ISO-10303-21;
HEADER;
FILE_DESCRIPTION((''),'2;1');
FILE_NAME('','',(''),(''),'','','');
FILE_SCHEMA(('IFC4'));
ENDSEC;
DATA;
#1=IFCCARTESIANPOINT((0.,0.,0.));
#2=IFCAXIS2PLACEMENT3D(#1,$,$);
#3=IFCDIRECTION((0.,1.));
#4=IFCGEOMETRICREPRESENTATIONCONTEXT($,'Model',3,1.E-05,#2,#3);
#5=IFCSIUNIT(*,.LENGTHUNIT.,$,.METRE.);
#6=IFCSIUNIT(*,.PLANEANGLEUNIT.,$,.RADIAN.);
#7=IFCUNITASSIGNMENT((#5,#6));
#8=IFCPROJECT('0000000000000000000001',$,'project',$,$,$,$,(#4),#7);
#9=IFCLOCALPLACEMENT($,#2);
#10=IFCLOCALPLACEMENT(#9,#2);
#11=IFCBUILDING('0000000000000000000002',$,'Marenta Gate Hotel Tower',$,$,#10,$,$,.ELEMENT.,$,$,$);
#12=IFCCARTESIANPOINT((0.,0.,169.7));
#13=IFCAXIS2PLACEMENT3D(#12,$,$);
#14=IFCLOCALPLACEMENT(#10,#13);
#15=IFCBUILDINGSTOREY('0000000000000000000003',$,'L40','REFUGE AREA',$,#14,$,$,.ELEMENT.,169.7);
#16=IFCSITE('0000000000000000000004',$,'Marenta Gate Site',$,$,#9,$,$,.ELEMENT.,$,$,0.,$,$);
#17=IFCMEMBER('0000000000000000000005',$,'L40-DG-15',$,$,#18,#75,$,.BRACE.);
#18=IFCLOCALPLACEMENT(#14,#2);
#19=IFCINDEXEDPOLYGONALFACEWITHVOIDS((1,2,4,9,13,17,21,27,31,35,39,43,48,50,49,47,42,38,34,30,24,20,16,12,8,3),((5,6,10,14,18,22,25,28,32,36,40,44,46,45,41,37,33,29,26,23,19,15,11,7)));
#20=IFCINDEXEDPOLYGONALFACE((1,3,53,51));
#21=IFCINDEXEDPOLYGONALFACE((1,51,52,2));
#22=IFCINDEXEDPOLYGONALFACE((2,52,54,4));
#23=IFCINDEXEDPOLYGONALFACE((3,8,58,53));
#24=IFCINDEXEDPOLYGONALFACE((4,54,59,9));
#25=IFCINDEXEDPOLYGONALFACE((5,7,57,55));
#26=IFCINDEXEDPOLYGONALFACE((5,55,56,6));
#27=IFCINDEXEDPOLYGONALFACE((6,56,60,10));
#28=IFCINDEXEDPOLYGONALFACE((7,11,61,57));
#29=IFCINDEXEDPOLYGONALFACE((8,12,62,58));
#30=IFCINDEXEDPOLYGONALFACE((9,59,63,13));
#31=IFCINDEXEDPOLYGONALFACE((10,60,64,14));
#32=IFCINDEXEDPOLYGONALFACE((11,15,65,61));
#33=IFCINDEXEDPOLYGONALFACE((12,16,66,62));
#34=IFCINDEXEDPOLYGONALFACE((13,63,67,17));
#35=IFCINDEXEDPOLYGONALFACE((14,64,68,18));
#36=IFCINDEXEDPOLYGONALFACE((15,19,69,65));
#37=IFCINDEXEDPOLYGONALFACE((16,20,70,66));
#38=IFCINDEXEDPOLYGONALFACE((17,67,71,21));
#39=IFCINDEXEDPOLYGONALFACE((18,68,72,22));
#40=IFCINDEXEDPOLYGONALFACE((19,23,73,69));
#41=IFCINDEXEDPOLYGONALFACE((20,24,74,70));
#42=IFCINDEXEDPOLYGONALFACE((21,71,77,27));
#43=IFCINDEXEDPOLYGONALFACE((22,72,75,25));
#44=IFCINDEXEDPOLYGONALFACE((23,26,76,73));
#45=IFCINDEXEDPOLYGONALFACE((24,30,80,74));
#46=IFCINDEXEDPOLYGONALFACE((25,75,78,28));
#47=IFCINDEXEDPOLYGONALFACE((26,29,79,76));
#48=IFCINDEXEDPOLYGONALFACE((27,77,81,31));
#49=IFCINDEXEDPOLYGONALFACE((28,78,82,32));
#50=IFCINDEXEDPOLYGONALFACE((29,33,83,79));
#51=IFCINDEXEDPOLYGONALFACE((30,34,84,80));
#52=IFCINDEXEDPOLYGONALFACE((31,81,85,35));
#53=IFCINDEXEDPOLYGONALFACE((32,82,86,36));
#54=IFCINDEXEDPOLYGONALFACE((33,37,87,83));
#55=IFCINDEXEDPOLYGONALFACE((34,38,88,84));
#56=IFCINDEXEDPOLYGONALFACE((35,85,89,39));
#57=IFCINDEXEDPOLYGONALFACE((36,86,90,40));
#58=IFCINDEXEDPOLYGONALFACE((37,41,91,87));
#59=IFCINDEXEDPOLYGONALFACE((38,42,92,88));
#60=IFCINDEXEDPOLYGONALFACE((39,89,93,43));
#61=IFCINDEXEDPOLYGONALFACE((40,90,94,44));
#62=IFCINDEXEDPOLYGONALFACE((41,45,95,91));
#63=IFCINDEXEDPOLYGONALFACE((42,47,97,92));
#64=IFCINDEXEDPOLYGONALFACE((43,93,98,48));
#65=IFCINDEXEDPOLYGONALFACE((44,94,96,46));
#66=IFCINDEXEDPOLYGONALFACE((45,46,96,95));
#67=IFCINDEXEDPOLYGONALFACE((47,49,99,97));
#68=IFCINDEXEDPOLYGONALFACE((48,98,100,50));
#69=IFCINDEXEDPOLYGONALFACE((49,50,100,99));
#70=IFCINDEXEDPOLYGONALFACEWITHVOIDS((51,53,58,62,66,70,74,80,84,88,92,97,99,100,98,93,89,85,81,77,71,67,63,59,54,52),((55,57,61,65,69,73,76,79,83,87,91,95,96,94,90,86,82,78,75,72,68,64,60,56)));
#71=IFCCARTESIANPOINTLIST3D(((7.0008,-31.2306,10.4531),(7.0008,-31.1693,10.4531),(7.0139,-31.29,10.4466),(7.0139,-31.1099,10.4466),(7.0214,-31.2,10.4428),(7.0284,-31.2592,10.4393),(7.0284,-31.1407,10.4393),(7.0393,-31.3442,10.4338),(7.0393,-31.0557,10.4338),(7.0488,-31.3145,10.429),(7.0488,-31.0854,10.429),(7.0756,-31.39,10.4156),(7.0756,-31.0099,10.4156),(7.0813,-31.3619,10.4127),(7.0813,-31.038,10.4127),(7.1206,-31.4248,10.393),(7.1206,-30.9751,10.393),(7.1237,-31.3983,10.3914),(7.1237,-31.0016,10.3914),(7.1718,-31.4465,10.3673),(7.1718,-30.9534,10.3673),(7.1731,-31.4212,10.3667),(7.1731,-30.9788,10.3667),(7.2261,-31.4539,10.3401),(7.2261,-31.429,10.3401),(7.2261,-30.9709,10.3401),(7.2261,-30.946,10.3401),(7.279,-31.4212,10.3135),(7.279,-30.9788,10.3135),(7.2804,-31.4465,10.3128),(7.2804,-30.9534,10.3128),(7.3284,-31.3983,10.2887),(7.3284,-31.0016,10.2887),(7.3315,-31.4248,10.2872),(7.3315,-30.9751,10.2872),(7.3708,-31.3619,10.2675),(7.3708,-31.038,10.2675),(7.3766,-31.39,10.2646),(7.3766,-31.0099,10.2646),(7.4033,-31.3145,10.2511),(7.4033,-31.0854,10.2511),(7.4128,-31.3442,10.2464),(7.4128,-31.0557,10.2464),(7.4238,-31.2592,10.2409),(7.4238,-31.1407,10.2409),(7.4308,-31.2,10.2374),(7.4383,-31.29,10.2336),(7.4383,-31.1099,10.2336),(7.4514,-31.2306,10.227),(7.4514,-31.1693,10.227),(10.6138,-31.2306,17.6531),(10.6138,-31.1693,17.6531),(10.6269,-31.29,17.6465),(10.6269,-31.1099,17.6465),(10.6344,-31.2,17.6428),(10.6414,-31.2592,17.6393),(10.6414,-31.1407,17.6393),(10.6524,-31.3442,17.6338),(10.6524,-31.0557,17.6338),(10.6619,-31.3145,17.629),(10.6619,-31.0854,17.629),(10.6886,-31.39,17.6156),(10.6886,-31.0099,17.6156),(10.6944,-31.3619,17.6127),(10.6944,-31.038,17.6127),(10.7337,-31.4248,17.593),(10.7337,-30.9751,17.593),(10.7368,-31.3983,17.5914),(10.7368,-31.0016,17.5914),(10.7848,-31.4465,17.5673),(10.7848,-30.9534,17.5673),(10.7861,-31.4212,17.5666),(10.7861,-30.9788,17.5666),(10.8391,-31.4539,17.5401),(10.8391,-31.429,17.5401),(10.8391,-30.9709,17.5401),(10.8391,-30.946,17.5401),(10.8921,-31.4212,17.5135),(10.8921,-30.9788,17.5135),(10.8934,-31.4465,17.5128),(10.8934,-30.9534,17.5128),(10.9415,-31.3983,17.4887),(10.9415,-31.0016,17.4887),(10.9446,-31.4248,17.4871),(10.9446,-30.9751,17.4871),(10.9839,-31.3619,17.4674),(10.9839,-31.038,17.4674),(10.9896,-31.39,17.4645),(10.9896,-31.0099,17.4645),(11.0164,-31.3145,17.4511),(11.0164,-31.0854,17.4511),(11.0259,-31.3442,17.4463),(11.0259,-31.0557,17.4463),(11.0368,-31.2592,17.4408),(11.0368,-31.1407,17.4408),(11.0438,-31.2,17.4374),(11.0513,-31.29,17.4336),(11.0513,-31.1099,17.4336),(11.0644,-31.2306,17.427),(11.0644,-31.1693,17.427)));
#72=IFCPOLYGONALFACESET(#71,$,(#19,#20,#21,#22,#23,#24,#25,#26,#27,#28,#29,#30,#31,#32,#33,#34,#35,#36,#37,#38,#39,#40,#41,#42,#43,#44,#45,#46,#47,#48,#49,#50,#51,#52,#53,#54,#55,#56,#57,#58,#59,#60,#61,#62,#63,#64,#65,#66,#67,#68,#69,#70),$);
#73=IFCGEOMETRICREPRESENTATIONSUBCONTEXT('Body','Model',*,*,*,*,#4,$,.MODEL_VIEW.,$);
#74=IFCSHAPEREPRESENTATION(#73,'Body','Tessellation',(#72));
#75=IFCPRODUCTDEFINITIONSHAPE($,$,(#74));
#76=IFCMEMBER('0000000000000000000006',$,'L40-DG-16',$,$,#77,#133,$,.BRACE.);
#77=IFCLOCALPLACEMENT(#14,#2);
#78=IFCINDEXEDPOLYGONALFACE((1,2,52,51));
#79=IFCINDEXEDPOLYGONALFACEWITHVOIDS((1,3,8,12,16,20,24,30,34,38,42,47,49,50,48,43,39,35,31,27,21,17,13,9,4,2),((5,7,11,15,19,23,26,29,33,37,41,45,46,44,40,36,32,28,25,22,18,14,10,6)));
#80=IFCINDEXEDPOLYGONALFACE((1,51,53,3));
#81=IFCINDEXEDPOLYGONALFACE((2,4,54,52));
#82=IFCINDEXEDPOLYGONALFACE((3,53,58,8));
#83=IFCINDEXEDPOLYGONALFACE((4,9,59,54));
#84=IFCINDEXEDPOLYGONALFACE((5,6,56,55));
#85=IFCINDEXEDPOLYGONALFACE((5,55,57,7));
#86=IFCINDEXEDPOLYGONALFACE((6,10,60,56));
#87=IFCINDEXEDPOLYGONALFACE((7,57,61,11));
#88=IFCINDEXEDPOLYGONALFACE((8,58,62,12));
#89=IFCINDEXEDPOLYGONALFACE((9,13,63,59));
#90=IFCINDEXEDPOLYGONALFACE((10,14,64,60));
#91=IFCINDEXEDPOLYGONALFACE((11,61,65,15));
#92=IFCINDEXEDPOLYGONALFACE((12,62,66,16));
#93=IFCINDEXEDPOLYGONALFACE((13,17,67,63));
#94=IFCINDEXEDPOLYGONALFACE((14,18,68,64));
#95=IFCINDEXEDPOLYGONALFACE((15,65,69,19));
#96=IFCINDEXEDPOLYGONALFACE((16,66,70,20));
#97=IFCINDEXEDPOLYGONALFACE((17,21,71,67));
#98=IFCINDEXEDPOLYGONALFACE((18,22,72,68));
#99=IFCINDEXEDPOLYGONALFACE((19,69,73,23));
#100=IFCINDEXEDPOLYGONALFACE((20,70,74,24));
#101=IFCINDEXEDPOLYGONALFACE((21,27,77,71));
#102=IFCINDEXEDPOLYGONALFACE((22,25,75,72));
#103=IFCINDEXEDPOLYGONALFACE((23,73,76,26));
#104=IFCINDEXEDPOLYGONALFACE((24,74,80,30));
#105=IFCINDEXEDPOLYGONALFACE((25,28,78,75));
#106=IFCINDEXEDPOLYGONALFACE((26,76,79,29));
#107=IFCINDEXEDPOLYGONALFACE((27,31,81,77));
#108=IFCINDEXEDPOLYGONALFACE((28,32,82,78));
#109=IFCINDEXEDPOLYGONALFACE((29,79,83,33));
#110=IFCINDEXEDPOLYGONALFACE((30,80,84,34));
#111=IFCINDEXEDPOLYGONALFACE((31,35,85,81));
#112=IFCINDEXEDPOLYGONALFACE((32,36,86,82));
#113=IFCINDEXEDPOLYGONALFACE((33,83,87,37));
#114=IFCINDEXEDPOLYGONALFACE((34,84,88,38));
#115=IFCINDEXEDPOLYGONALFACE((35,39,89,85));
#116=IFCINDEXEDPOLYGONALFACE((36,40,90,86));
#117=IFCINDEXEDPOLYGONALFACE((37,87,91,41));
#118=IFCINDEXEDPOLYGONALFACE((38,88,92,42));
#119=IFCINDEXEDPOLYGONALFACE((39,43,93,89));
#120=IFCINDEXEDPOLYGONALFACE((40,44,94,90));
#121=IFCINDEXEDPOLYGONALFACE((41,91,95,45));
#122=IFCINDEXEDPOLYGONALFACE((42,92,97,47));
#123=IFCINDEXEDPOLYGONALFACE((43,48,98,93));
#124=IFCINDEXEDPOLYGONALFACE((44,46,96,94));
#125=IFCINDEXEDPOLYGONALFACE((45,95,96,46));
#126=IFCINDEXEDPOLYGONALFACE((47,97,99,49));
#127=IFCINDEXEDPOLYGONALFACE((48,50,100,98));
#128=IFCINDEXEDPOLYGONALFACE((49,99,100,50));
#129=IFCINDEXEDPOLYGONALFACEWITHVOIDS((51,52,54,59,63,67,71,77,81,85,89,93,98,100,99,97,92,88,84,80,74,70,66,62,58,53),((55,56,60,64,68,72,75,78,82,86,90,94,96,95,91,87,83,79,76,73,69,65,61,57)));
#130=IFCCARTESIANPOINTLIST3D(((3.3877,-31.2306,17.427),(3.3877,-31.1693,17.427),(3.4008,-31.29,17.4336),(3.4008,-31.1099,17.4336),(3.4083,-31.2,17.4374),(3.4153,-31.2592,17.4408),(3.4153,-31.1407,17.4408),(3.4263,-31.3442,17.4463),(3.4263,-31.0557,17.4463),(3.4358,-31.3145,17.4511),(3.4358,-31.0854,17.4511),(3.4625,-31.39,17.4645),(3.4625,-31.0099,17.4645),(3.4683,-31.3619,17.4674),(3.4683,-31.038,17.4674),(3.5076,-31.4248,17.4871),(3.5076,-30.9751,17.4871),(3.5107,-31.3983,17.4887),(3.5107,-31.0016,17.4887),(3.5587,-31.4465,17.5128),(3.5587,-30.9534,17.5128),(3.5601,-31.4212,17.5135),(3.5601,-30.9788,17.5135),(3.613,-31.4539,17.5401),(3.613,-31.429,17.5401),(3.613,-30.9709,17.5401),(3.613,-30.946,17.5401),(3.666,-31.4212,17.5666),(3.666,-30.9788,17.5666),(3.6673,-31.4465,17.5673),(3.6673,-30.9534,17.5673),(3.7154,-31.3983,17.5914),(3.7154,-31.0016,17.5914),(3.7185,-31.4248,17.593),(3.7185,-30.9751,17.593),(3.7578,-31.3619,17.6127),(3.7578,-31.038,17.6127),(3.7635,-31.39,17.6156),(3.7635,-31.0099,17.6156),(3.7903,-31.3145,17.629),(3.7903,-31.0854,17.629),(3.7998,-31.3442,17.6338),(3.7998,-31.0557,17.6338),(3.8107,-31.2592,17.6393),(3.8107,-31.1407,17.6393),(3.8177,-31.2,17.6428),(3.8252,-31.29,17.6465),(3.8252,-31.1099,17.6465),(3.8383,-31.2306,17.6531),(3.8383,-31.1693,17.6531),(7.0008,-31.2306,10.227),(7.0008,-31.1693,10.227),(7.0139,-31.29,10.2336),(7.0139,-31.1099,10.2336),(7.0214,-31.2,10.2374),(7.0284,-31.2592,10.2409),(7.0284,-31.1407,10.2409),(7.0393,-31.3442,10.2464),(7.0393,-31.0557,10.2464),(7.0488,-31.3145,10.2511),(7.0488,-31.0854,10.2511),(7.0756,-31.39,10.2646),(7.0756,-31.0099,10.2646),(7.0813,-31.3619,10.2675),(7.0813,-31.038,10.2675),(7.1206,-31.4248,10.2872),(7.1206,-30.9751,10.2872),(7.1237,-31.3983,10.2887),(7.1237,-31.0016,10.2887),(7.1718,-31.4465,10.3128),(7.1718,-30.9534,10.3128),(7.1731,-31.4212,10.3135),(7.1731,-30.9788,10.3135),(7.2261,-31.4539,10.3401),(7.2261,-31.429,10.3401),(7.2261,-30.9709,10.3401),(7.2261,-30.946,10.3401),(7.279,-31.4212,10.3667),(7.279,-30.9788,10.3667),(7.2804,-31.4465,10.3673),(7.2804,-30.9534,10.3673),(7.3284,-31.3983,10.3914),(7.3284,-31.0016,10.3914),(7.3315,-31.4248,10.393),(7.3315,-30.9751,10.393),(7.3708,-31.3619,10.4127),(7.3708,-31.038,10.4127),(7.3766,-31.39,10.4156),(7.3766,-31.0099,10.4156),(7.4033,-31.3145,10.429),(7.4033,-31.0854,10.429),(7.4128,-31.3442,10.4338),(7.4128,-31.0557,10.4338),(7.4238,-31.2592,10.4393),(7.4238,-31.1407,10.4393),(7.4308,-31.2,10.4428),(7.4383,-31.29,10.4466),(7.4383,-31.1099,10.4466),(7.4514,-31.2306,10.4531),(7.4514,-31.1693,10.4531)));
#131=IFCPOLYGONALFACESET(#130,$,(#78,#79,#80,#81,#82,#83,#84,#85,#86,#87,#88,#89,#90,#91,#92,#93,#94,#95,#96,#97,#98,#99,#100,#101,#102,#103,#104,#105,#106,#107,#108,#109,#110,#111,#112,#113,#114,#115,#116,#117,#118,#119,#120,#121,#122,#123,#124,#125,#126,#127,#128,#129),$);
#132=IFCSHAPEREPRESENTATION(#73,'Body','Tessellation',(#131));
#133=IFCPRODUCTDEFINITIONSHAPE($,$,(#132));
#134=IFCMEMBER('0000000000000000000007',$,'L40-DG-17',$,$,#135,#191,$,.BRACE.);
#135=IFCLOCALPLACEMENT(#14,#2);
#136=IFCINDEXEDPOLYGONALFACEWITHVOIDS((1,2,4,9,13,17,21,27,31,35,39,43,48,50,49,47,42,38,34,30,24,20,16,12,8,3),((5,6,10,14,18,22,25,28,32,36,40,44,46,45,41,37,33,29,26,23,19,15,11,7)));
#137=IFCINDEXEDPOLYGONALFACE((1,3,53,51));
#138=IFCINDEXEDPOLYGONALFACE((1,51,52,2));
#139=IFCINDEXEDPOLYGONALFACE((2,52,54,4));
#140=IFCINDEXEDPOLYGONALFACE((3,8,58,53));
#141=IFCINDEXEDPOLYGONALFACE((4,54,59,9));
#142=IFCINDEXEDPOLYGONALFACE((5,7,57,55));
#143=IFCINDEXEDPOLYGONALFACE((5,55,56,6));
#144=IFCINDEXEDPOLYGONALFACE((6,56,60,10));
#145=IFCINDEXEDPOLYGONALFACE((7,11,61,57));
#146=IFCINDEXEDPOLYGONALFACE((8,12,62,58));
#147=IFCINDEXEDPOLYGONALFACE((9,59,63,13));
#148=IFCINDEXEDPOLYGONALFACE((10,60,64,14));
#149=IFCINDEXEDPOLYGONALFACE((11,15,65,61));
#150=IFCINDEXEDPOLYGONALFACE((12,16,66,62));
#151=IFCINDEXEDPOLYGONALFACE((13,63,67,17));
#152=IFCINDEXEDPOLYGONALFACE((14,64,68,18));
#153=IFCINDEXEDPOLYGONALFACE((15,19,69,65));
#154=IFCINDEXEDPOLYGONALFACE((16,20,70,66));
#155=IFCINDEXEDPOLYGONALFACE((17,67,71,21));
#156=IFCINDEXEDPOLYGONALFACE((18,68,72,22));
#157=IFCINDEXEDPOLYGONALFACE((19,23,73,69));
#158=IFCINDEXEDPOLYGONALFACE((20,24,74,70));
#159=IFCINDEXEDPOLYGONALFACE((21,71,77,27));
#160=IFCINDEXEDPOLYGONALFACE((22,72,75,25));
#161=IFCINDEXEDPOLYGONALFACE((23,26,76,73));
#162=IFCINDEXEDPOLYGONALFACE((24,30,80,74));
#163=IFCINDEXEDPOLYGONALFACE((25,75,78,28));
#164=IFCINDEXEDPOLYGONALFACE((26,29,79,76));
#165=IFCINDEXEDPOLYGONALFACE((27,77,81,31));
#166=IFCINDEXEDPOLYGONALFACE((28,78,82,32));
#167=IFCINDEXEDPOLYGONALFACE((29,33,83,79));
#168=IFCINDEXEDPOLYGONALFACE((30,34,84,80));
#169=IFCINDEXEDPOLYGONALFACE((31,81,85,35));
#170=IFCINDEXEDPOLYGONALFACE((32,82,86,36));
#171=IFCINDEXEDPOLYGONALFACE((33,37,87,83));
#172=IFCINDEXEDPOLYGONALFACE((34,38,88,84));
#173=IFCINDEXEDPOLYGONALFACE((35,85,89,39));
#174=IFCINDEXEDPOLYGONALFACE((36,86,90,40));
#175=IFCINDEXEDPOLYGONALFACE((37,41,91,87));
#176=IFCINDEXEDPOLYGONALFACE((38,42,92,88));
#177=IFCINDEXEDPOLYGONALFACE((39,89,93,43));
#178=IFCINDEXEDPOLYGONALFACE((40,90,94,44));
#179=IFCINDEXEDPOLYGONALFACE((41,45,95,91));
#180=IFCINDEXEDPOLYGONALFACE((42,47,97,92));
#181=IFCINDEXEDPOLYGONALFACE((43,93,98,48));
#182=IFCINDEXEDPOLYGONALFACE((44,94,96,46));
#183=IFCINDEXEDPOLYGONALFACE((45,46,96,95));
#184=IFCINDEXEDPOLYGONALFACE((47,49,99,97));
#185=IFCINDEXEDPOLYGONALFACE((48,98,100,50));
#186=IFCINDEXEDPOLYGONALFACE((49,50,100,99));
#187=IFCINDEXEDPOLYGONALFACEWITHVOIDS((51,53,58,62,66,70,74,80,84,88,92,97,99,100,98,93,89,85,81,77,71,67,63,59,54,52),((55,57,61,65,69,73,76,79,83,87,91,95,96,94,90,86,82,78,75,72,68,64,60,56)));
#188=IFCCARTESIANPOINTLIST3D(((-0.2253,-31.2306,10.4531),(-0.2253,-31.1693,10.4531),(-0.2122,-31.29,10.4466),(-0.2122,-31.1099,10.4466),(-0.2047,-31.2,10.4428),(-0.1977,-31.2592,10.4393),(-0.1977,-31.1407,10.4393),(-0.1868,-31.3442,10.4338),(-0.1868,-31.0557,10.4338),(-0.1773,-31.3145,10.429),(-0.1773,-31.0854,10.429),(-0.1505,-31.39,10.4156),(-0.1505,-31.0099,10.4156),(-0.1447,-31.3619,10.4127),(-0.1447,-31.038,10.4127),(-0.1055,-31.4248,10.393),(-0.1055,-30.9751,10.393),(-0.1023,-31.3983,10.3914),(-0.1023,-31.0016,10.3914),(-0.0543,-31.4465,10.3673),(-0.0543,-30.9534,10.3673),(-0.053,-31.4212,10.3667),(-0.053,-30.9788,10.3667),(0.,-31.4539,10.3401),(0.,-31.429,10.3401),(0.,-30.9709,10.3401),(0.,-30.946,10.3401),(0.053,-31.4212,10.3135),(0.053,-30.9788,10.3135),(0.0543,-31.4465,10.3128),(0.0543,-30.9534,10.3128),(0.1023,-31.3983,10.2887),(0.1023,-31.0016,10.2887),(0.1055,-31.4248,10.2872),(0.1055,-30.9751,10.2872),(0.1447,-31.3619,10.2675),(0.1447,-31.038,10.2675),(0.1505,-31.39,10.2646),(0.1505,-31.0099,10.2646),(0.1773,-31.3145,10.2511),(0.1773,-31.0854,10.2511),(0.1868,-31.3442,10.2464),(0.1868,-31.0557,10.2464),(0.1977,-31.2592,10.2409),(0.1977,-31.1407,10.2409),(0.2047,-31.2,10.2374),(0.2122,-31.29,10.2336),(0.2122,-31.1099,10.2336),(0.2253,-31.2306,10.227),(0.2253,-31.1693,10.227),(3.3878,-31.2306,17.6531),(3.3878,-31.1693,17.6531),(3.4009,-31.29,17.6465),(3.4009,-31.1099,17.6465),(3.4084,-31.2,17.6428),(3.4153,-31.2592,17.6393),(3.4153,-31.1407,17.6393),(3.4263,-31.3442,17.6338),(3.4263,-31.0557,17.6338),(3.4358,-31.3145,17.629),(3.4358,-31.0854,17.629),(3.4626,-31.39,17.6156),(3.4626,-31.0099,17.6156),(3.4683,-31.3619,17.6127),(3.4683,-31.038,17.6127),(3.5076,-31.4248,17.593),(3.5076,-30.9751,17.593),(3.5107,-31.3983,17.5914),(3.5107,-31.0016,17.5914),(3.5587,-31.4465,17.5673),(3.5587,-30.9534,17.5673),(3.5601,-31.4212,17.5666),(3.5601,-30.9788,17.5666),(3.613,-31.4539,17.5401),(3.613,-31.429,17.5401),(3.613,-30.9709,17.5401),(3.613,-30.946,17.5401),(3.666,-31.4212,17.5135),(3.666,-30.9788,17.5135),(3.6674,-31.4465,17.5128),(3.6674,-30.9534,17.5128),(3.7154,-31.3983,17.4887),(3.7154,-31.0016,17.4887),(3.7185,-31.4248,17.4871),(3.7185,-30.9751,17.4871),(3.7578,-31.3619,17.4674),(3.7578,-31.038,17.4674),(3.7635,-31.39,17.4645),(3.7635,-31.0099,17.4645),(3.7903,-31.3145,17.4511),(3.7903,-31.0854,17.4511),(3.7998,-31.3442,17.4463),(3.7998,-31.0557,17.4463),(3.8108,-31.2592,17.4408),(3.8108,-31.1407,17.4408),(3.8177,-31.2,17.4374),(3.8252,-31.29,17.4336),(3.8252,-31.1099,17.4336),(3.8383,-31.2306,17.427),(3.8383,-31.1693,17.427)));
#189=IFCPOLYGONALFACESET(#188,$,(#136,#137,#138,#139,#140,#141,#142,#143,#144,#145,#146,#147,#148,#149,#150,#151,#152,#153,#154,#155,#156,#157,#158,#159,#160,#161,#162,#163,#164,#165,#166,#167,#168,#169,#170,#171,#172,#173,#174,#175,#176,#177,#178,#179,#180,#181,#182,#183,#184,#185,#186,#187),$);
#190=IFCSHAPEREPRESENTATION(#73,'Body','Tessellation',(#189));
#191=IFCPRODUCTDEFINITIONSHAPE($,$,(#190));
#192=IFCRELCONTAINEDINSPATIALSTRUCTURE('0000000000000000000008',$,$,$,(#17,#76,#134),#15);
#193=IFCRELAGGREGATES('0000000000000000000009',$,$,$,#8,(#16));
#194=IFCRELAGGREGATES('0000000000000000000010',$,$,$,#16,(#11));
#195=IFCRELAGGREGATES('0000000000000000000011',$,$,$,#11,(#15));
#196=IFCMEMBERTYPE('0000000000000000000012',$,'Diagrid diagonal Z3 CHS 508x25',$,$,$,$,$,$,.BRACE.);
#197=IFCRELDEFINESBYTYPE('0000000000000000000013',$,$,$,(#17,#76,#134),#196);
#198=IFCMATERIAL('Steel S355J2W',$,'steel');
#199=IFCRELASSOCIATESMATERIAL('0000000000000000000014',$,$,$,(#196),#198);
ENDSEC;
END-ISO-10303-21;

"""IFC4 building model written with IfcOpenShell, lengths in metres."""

from ifc_helpers import new_model, si_unit, direction, frame, origin, origin_2d, place, context, subcontext, project, spatial, hollow_circle, extrude, material, material_profile, profile_set, type_object, element, save


model = new_model("IFC4")

# Units and contexts
model_context = context("Model", 3, precision=1e-05, world=origin(), true_north=direction((0.0, 1.0)))
body_context = subcontext(model_context, "Body", "Model", "MODEL_VIEW")
ifc_project = project(units=[si_unit("LENGTHUNIT", "METRE"), si_unit("PLANEANGLEUNIT", "RADIAN")], contexts=[model_context])

# Site, building, storey
site_placement = place(None, origin())
site = spatial("IfcSite", under=ifc_project, at=site_placement, Name="Marenta Gate Site", CompositionType="ELEMENT", RefElevation=0.0)
building_placement = place(site_placement, origin())
building = spatial("IfcBuilding", under=site, at=building_placement, Name="Marenta Gate Hotel Tower", CompositionType="ELEMENT")
storey_placement = place(building_placement, frame((0.0, 0.0, 169.7)))
storey = spatial("IfcBuildingStorey", under=building, at=storey_placement, Name="L40", Description="REFUGE AREA", CompositionType="ELEMENT", Elevation=169.7)

# Members
ifc_material_1 = material(Name="Steel S355J2W", Category="steel")
ifc_material_profile_1 = material_profile(ifc_material_1, hollow_circle(Radius=0.2539, WallThickness=0.0249, at=origin_2d()), Name="CHS 508x25")
ifc_profile_set_1 = profile_set([ifc_material_profile_1], Name="Steel S355J2W")
member_type_1 = type_object("IfcMemberType", Name="Diagrid diagonal Z3 CHS 508x25", PredefinedType="BRACE", material=ifc_profile_set_1)
for number, where, z_axis, x_axis, name in (
    (1, (7.2261, -31.2, 10.3401), (0.44851, 0.0, 0.893778), (0.0, 1.0, 0.0), "L40-DG-15"),
    (2, (7.2261, -31.2, 10.3401), (-0.44851, 0.0, 0.893778), (0.0, -1.0, 0.0), "L40-DG-16"),
    (3, (0.0, -31.2, 10.3401), (0.44851, 0.0, 0.893778), (0.0, 1.0, 0.0), "L40-DG-17"),
):
    element("IfcMember", number, at=place(storey_placement, frame(where, z_axis=z_axis, x_axis=x_axis)), inside=storey, type_object=member_type_1, Name=name, PredefinedType="BRACE", context=body_context, shape_type="SweptSolid", body=[
        extrude(hollow_circle(Radius=0.2539, WallThickness=0.0249, at=origin_2d()), origin(), (0.0, 0.0, 1.0), 8.0557),
    ])

save(model, "model.ifc")
